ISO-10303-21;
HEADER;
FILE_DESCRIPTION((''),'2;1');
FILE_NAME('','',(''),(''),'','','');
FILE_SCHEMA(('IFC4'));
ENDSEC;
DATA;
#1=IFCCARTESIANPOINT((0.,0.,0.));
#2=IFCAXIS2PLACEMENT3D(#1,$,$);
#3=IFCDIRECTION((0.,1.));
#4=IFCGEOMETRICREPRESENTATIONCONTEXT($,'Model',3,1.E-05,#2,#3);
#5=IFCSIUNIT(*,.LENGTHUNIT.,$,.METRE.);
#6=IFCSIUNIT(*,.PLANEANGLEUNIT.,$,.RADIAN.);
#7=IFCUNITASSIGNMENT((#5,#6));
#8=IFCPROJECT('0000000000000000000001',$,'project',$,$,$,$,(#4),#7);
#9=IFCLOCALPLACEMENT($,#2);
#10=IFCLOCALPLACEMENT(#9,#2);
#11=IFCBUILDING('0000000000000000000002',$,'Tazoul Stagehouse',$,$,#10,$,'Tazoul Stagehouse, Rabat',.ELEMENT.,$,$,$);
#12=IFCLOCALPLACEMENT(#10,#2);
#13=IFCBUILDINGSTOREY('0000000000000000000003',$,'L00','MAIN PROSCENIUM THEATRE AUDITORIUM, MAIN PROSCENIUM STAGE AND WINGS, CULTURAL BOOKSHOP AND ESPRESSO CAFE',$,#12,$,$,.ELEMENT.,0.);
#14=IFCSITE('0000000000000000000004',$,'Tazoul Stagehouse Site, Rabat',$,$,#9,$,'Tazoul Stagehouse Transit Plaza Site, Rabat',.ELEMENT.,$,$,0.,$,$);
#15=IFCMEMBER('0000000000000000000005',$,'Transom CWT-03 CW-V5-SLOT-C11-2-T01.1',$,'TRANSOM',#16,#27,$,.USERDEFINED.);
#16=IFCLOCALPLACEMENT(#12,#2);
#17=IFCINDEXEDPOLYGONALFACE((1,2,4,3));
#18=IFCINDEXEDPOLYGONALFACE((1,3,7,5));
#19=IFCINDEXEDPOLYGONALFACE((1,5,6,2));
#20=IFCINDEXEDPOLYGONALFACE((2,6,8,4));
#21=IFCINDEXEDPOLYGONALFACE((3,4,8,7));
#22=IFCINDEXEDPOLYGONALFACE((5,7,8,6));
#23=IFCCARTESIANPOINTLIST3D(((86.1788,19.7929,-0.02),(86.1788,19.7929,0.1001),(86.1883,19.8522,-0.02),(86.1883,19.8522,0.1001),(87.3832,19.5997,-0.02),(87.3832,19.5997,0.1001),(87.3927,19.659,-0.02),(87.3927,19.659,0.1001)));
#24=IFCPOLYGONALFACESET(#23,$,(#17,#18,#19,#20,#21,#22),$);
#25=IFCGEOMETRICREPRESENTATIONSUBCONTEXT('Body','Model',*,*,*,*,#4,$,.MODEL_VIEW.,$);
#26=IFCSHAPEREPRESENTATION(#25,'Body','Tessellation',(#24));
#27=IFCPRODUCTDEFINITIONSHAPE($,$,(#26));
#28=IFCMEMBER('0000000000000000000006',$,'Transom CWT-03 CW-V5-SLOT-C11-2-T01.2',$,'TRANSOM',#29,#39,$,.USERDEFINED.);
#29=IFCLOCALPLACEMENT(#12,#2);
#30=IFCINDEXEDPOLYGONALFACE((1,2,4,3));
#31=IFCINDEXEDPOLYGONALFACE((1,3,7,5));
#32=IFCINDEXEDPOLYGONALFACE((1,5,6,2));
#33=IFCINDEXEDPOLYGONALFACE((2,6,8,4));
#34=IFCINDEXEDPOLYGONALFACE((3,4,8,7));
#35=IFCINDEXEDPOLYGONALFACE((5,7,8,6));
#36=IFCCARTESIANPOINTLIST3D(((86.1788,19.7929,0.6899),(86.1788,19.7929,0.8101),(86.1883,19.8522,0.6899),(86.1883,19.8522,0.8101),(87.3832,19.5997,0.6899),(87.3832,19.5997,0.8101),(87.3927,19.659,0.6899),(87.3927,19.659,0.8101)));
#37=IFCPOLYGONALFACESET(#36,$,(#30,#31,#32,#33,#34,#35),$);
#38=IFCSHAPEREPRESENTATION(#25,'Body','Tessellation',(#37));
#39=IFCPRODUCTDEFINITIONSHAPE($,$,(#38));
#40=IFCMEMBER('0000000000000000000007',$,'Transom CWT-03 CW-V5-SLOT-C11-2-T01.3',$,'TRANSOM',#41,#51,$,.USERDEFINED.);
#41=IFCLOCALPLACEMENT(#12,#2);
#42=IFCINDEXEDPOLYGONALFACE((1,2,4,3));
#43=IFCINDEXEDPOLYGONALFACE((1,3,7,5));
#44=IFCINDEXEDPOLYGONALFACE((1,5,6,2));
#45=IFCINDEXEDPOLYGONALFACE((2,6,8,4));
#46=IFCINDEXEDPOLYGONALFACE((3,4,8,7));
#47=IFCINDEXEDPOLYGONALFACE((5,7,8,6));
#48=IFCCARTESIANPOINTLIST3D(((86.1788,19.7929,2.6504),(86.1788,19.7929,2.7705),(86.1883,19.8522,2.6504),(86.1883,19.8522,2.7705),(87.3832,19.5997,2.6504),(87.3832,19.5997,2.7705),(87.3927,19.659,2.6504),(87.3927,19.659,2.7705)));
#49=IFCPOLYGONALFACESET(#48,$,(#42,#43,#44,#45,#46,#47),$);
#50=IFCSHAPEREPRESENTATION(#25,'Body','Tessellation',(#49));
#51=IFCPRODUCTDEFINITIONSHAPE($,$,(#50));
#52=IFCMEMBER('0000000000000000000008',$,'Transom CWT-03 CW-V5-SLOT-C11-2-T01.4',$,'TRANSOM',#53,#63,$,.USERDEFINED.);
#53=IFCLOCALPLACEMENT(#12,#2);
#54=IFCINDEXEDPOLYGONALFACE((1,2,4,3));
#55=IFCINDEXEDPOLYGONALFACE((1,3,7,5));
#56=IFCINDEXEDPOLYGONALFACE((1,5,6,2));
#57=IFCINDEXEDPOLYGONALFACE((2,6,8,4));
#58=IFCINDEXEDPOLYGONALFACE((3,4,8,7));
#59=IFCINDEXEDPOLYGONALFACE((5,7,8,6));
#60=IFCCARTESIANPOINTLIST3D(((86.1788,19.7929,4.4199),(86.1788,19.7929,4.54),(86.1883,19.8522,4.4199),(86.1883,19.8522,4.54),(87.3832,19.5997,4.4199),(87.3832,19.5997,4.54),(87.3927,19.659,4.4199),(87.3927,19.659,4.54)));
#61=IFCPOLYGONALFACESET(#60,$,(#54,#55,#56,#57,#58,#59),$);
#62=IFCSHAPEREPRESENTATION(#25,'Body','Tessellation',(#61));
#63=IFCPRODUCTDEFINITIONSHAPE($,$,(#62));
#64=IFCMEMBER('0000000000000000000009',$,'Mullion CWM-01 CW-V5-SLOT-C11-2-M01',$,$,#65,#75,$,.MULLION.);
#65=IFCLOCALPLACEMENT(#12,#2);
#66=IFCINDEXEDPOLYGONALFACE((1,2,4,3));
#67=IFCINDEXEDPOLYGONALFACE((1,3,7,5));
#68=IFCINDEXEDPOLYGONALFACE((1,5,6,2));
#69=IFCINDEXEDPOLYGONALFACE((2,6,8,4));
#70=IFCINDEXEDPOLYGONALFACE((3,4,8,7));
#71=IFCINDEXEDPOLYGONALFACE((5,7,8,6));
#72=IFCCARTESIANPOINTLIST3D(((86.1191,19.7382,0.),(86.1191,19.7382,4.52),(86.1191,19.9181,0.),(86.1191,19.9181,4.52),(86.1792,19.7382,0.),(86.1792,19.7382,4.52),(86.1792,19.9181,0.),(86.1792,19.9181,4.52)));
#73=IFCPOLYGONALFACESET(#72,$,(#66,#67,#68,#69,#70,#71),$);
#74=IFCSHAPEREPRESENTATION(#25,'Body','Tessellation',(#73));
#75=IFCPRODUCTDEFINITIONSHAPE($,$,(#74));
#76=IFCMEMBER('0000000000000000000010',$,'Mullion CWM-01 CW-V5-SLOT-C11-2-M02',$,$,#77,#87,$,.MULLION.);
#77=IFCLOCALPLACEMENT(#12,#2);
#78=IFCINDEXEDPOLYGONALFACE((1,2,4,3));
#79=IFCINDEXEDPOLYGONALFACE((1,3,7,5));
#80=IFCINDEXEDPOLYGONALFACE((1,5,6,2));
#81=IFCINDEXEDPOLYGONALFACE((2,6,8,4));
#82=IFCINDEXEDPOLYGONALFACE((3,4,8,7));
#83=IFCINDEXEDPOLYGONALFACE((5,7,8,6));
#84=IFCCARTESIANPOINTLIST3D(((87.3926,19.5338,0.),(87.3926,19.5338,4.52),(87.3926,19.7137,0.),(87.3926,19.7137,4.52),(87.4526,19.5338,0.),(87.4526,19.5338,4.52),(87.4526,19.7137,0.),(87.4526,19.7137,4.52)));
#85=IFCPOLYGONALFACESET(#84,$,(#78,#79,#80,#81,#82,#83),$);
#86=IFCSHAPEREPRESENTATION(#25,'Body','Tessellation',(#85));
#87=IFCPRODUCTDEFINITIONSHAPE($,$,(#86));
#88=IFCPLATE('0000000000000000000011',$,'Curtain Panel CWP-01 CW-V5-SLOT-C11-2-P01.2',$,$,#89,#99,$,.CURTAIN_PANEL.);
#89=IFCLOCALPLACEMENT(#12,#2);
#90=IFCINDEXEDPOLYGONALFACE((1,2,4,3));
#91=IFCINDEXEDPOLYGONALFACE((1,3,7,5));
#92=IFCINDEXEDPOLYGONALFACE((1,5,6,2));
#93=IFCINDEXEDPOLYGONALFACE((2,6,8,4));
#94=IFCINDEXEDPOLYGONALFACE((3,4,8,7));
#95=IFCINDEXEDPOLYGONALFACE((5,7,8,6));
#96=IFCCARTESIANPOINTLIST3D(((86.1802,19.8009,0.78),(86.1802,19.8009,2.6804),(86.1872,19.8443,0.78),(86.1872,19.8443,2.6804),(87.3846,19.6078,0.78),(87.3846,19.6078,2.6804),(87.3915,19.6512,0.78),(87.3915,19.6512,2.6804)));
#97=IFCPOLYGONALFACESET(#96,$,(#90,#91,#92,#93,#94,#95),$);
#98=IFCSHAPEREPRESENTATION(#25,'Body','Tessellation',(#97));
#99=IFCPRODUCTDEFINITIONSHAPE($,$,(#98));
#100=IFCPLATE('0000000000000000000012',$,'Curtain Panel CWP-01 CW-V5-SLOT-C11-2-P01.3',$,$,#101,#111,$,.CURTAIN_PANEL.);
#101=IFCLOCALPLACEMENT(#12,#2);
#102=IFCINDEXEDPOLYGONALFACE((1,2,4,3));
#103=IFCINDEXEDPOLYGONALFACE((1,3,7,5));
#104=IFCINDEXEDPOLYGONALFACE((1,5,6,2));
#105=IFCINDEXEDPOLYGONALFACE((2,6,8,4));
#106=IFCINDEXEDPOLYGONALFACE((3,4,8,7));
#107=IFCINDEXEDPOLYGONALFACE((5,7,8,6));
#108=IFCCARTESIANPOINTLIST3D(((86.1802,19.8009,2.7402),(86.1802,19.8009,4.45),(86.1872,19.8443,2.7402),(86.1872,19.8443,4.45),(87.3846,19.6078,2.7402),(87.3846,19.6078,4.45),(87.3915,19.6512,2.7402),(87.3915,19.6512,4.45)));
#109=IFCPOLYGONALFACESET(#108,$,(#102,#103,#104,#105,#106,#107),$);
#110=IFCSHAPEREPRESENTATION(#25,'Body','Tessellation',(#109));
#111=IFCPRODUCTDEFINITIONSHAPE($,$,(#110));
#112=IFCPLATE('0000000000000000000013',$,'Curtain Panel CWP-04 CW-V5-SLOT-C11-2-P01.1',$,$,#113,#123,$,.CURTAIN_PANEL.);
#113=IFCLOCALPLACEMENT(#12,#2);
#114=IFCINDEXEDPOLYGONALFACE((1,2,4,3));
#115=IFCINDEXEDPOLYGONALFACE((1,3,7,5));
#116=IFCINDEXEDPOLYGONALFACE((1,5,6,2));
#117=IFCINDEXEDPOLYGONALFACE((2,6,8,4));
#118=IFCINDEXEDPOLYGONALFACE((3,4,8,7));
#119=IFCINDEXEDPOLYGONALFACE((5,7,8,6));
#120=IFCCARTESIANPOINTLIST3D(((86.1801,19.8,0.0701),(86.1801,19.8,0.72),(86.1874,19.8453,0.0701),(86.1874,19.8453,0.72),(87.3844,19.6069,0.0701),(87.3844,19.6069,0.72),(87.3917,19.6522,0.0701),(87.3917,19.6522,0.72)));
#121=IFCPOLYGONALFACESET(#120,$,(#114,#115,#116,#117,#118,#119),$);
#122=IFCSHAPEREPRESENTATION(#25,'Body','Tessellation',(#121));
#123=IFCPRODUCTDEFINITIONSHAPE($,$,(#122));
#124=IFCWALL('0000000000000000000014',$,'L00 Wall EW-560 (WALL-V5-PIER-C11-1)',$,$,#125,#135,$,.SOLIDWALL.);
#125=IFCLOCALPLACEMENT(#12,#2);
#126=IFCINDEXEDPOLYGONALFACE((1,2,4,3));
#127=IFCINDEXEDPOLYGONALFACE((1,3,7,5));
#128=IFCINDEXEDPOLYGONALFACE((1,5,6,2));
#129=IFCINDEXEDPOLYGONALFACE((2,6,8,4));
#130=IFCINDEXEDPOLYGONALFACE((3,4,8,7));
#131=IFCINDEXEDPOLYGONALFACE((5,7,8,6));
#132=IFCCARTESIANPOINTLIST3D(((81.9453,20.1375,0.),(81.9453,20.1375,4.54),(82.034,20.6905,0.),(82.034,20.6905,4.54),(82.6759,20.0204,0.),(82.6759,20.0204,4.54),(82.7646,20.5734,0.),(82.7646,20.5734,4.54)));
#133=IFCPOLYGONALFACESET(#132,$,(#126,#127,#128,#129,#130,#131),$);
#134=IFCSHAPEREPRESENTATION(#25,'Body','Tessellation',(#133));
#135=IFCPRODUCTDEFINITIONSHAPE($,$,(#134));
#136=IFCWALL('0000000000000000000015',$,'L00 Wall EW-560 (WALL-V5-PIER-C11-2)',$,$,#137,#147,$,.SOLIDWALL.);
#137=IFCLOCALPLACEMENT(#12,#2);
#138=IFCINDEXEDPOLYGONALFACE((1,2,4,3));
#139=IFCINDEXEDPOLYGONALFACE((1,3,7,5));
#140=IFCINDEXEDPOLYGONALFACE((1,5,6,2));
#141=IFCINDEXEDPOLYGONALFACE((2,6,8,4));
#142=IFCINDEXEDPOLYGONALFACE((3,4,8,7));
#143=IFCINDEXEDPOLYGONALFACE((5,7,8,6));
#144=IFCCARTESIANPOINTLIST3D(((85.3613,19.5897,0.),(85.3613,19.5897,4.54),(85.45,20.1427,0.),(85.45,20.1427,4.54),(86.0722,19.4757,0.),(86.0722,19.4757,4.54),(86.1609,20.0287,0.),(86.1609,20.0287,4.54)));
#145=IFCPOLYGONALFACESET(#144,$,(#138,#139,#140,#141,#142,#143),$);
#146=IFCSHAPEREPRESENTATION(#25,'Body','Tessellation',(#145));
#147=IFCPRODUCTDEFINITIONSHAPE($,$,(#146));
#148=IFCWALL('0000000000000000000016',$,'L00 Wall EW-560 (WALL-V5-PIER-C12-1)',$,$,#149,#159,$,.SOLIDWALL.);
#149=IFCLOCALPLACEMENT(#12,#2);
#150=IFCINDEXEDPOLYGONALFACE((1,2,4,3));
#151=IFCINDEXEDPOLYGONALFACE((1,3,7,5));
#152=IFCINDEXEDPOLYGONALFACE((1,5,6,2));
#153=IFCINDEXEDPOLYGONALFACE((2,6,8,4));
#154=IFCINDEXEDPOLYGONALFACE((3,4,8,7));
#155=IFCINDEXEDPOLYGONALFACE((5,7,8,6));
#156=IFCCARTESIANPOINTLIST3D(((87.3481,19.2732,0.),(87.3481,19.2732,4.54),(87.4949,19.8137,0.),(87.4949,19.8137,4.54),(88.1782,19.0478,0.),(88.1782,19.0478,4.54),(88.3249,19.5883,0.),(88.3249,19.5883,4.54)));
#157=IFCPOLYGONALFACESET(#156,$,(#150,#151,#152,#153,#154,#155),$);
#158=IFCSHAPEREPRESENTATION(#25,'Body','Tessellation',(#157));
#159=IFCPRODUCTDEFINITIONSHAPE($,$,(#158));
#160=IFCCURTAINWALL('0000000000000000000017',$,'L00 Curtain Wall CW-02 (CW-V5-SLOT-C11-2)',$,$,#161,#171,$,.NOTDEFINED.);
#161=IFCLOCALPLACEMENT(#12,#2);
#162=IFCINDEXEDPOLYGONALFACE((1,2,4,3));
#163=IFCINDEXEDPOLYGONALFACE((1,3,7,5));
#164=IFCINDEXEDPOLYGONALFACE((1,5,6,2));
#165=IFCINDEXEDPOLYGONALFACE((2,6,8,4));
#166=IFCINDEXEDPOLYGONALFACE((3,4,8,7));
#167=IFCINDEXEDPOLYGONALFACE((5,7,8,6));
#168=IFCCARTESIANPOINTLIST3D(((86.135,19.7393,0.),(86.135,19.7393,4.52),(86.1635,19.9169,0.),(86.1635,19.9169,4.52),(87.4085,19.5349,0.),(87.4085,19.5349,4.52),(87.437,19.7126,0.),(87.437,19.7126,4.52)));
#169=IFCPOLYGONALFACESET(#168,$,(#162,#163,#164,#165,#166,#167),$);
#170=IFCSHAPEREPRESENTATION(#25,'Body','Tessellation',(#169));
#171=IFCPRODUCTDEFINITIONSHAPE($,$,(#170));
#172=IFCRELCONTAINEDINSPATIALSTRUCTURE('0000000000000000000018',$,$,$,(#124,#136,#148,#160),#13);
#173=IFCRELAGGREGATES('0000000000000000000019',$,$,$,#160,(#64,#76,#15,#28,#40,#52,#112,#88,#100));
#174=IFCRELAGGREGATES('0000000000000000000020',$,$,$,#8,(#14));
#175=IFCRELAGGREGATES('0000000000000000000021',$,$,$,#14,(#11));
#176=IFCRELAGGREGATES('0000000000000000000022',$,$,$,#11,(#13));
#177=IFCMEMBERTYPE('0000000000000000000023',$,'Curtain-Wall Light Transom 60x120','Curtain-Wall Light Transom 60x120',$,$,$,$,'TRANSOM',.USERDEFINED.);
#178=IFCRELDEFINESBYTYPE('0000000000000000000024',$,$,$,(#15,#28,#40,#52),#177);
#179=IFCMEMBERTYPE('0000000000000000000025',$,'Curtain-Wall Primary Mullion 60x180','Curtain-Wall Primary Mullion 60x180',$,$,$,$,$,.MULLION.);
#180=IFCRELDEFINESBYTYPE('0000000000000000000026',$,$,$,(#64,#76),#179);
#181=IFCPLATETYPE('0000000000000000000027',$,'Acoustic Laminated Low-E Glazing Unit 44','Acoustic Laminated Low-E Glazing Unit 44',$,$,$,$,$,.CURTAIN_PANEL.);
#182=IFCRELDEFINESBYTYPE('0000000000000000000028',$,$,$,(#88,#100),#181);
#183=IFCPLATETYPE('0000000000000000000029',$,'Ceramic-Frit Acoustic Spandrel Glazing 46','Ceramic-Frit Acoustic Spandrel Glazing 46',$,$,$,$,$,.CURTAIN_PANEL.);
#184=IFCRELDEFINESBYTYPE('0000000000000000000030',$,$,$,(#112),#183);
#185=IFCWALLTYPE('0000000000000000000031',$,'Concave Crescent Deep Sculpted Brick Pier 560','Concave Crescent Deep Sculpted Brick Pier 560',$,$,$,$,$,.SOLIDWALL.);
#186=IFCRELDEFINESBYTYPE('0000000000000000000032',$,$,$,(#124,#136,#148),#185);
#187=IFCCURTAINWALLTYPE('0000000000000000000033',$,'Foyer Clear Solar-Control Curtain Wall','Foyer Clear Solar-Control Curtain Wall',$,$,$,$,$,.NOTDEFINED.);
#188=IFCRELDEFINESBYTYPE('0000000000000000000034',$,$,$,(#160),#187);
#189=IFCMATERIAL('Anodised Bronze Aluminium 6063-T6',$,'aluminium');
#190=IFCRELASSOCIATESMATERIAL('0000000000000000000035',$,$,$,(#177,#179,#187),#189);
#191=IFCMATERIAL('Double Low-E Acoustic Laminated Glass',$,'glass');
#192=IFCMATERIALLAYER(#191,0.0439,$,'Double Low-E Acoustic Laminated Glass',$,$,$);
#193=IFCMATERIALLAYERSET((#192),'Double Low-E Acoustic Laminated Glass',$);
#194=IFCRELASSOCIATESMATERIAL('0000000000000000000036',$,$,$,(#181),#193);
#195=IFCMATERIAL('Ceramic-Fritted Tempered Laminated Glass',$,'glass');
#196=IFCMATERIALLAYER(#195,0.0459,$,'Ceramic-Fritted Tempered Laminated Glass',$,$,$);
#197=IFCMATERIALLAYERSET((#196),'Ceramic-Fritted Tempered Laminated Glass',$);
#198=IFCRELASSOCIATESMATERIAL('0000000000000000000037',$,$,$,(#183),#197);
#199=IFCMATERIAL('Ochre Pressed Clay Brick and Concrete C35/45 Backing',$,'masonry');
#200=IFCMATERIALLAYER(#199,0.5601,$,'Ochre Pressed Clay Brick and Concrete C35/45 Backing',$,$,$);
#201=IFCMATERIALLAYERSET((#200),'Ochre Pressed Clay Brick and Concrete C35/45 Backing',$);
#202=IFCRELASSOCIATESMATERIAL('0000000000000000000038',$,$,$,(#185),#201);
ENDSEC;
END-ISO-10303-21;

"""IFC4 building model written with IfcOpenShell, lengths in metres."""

from ifc_helpers import new_model, si_unit, direction, frame, frame_2d, origin, origin_2d, place, context, subcontext, project, spatial, rectangle, extrude, material, layer, layer_set, material_profile, profile_set, type_object, element, aggregate, save


model = new_model("IFC4")

# Units and contexts
model_context = context("Model", 3, precision=1e-05, world=origin(), true_north=direction((0.0, 1.0)))
body_context = subcontext(model_context, "Body", "Model", "MODEL_VIEW")
ifc_project = project(units=[si_unit("LENGTHUNIT", "METRE"), si_unit("PLANEANGLEUNIT", "RADIAN")], contexts=[model_context])

# Site, building, storey
site_placement = place(None, origin())
site = spatial("IfcSite", under=ifc_project, at=site_placement, Name="Tazoul Stagehouse Site, Rabat", LongName="Tazoul Stagehouse Transit Plaza Site, Rabat", CompositionType="ELEMENT", RefElevation=0.0)
building_placement = place(site_placement, origin())
building = spatial("IfcBuilding", under=site, at=building_placement, Name="Tazoul Stagehouse", LongName="Tazoul Stagehouse, Rabat", CompositionType="ELEMENT")
storey_placement = place(building_placement, origin())
storey = spatial("IfcBuildingStorey", under=building, at=storey_placement, Name="L00", Description="MAIN PROSCENIUM THEATRE AUDITORIUM, MAIN PROSCENIUM STAGE AND WINGS, CULTURAL BOOKSHOP AND ESPRESSO CAFE", CompositionType="ELEMENT", Elevation=0.0)

# Members
ifc_material_1 = material(Name="Anodised Bronze Aluminium 6063-T6", Category="aluminium")
ifc_material_profile_1 = material_profile(ifc_material_1, rectangle(XDim=0.0601, YDim=0.1201, at=origin_2d()), Name="ALU TRANSOM 60x120")
ifc_profile_set_1 = profile_set([ifc_material_profile_1], Name="Anodised Bronze Aluminium 6063-T6")
member_type_1 = type_object("IfcMemberType", Name="Curtain-Wall Light Transom 60x120", Description="Curtain-Wall Light Transom 60x120", ElementType="TRANSOM", PredefinedType="USERDEFINED", material=ifc_profile_set_1)
member_1_placement = place(storey_placement, frame((86.1836, 19.8225, 0.04), z_axis=(0.987387, -0.158326, 0.0), x_axis=(0.158326, 0.987387, 0.0)))
member_1 = element("IfcMember", 1, at=member_1_placement, type_object=member_type_1, Name="Transom CWT-03 CW-V5-SLOT-C11-2-T01.1", ObjectType="TRANSOM", PredefinedType="USERDEFINED", context=body_context, shape_type="SweptSolid", body=[
    extrude(rectangle(XDim=0.0601, YDim=0.1201, at=origin_2d()), origin(), (0.0, 0.0, 1.0), 1.2197),
])
member_2_placement = place(storey_placement, frame((86.1836, 19.8225, 0.75), z_axis=(0.987387, -0.158326, 0.0), x_axis=(0.158326, 0.987387, 0.0)))
member_2 = element("IfcMember", 2, at=member_2_placement, type_object=member_type_1, Name="Transom CWT-03 CW-V5-SLOT-C11-2-T01.2", ObjectType="TRANSOM", PredefinedType="USERDEFINED", context=body_context, shape_type="SweptSolid", body=[
    extrude(rectangle(XDim=0.0601, YDim=0.1201, at=origin_2d()), origin(), (0.0, 0.0, 1.0), 1.2197),
])
member_3_placement = place(storey_placement, frame((86.1836, 19.8225, 2.7104), z_axis=(0.987387, -0.158326, 0.0), x_axis=(0.158326, 0.987387, 0.0)))
member_3 = element("IfcMember", 3, at=member_3_placement, type_object=member_type_1, Name="Transom CWT-03 CW-V5-SLOT-C11-2-T01.3", ObjectType="TRANSOM", PredefinedType="USERDEFINED", context=body_context, shape_type="SweptSolid", body=[
    extrude(rectangle(XDim=0.0601, YDim=0.1201, at=origin_2d()), origin(), (0.0, 0.0, 1.0), 1.2197),
])
member_4_placement = place(storey_placement, frame((86.1836, 19.8225, 4.48), z_axis=(0.987387, -0.158326, 0.0), x_axis=(0.158326, 0.987387, 0.0)))
member_4 = element("IfcMember", 4, at=member_4_placement, type_object=member_type_1, Name="Transom CWT-03 CW-V5-SLOT-C11-2-T01.4", ObjectType="TRANSOM", PredefinedType="USERDEFINED", context=body_context, shape_type="SweptSolid", body=[
    extrude(rectangle(XDim=0.0601, YDim=0.1201, at=origin_2d()), origin(), (0.0, 0.0, 1.0), 1.2197),
])
ifc_material_profile_2 = material_profile(ifc_material_1, rectangle(XDim=0.0601, YDim=0.1799, at=origin_2d()), Name="ALU MULLION 60x180")
ifc_profile_set_2 = profile_set([ifc_material_profile_2], Name="Anodised Bronze Aluminium 6063-T6")
member_type_2 = type_object("IfcMemberType", Name="Curtain-Wall Primary Mullion 60x180", Description="Curtain-Wall Primary Mullion 60x180", PredefinedType="MULLION", material=ifc_profile_set_2)
member_5_placement = place(storey_placement, frame((86.1492, 19.8281, 0.0), z_axis=(0.0, 0.0, 1.0), x_axis=(1.0, 0.0, 0.0)))
member_5 = element("IfcMember", 5, at=member_5_placement, type_object=member_type_2, Name="Mullion CWM-01 CW-V5-SLOT-C11-2-M01", PredefinedType="MULLION", context=body_context, shape_type="SweptSolid", body=[
    extrude(rectangle(XDim=0.0601, YDim=0.1799, at=origin_2d()), origin(), (0.0, 0.0, 1.0), 4.52),
])
member_6_placement = place(storey_placement, frame((87.4226, 19.6238, 0.0), z_axis=(0.0, 0.0, 1.0), x_axis=(1.0, 0.0, 0.0)))
member_6 = element("IfcMember", 6, at=member_6_placement, type_object=member_type_2, Name="Mullion CWM-01 CW-V5-SLOT-C11-2-M02", PredefinedType="MULLION", context=body_context, shape_type="SweptSolid", body=[
    extrude(rectangle(XDim=0.0601, YDim=0.1799, at=origin_2d()), origin(), (0.0, 0.0, 1.0), 4.52),
])

# Plates
ifc_material_2 = material(Name="Double Low-E Acoustic Laminated Glass", Category="glass")
ifc_layer_1 = layer(ifc_material_2, 0.0439, Name="Double Low-E Acoustic Laminated Glass")
ifc_layer_set_1 = layer_set([ifc_layer_1], Name="Double Low-E Acoustic Laminated Glass")
plate_type_1 = type_object("IfcPlateType", Name="Acoustic Laminated Low-E Glazing Unit 44", Description="Acoustic Laminated Low-E Glazing Unit 44", PredefinedType="CURTAIN_PANEL", material=ifc_layer_set_1)
plate_1_placement = place(storey_placement, frame((86.7859, 19.7261, 0.78), z_axis=(0.0, 0.0, 1.0), x_axis=(0.987387, -0.158324, 0.0)))
plate_1 = element("IfcPlate", 7, at=plate_1_placement, type_object=plate_type_1, Name="Curtain Panel CWP-01 CW-V5-SLOT-C11-2-P01.2", PredefinedType="CURTAIN_PANEL", context=body_context, shape_type="SweptSolid", body=[
    extrude(rectangle(XDim=1.2197, YDim=0.0439, at=origin_2d()), origin(), (0.0, 0.0, 1.0), 1.9004),
])
plate_2_placement = place(storey_placement, frame((86.7859, 19.7261, 2.7402), z_axis=(0.0, 0.0, 1.0), x_axis=(0.987387, -0.158324, 0.0)))
plate_2 = element("IfcPlate", 8, at=plate_2_placement, type_object=plate_type_1, Name="Curtain Panel CWP-01 CW-V5-SLOT-C11-2-P01.3", PredefinedType="CURTAIN_PANEL", context=body_context, shape_type="SweptSolid", body=[
    extrude(rectangle(XDim=1.2197, YDim=0.0439, at=origin_2d()), origin(), (0.0, 0.0, 1.0), 1.7097),
])
ifc_material_3 = material(Name="Ceramic-Fritted Tempered Laminated Glass", Category="glass")
ifc_layer_2 = layer(ifc_material_3, 0.0459, Name="Ceramic-Fritted Tempered Laminated Glass")
ifc_layer_set_2 = layer_set([ifc_layer_2], Name="Ceramic-Fritted Tempered Laminated Glass")
plate_type_2 = type_object("IfcPlateType", Name="Ceramic-Frit Acoustic Spandrel Glazing 46", Description="Ceramic-Frit Acoustic Spandrel Glazing 46", PredefinedType="CURTAIN_PANEL", material=ifc_layer_set_2)
plate_3_placement = place(storey_placement, frame((86.7859, 19.7261, 0.0701), z_axis=(0.0, 0.0, 1.0), x_axis=(0.987387, -0.158324, 0.0)))
plate_3 = element("IfcPlate", 9, at=plate_3_placement, type_object=plate_type_2, Name="Curtain Panel CWP-04 CW-V5-SLOT-C11-2-P01.1", PredefinedType="CURTAIN_PANEL", context=body_context, shape_type="SweptSolid", body=[
    extrude(rectangle(XDim=1.2197, YDim=0.0459, at=origin_2d()), origin(), (0.0, 0.0, 1.0), 0.6499),
])

# Walls
ifc_material_4 = material(Name="Ochre Pressed Clay Brick and Concrete C35/45 Backing", Category="masonry")
ifc_layer_3 = layer(ifc_material_4, 0.5601, Name="Ochre Pressed Clay Brick and Concrete C35/45 Backing")
ifc_layer_set_3 = layer_set([ifc_layer_3], Name="Ochre Pressed Clay Brick and Concrete C35/45 Backing")
wall_type_1 = type_object("IfcWallType", Name="Concave Crescent Deep Sculpted Brick Pier 560", Description="Concave Crescent Deep Sculpted Brick Pier 560", PredefinedType="SOLIDWALL", material=ifc_layer_set_3)
wall_1_placement = place(storey_placement, frame((81.9895, 20.4141, 0.0), z_axis=(0.0, 0.0, 1.0), x_axis=(0.987383, -0.158351, 0.0)))
element("IfcWall", 10, at=wall_1_placement, inside=storey, type_object=wall_type_1, Name="L00 Wall EW-560 (WALL-V5-PIER-C11-1)", PredefinedType="SOLIDWALL", context=body_context, shape_type="SweptSolid", body=[
    extrude(rectangle(XDim=0.74, YDim=0.5601, at=frame_2d((0.3701, 0.0))), origin(), (0.0, 0.0, 1.0), 4.54),
])
wall_2_placement = place(storey_placement, frame((85.4058, 19.8662, 0.0), z_axis=(0.0, 0.0, 1.0), x_axis=(0.987383, -0.158348, 0.0)))
element("IfcWall", 11, at=wall_2_placement, inside=storey, type_object=wall_type_1, Name="L00 Wall EW-560 (WALL-V5-PIER-C11-2)", PredefinedType="SOLIDWALL", context=body_context, shape_type="SweptSolid", body=[
    extrude(rectangle(XDim=0.72, YDim=0.5601, at=frame_2d((0.3599, 0.0))), origin(), (0.0, 0.0, 1.0), 4.54),
])
wall_3_placement = place(storey_placement, frame((87.4214, 19.5435, 0.0), z_axis=(0.0, 0.0, 1.0), x_axis=(0.965071, -0.261988, 0.0)))
element("IfcWall", 12, at=wall_3_placement, inside=storey, type_object=wall_type_1, Name="L00 Wall EW-560 (WALL-V5-PIER-C12-1)", PredefinedType="SOLIDWALL", context=body_context, shape_type="SweptSolid", body=[
    extrude(rectangle(XDim=0.8601, YDim=0.5601, at=frame_2d((0.4302, 0.0))), origin(), (0.0, 0.0, 1.0), 4.54),
])

# Curtain wall
curtain_wall_type = type_object("IfcCurtainWallType", Name="Foyer Clear Solar-Control Curtain Wall", Description="Foyer Clear Solar-Control Curtain Wall", PredefinedType="NOTDEFINED", material=ifc_material_1)
curtain_wall_placement = place(storey_placement, frame((86.1492, 19.8281, 0.0), z_axis=(0.0, 0.0, 1.0), x_axis=(0.987368, -0.158441, 0.0)))
curtain_wall = element("IfcCurtainWall", 13, at=curtain_wall_placement, inside=storey, type_object=curtain_wall_type, Name="L00 Curtain Wall CW-02 (CW-V5-SLOT-C11-2)", PredefinedType="NOTDEFINED", context=body_context, shape_type="SweptSolid", body=[
    extrude(rectangle(XDim=1.2898, YDim=0.1799, at=frame_2d((0.645, 0.0))), origin(), (0.0, 0.0, 1.0), 4.52),
])
aggregate(curtain_wall, [member_5, member_6, member_1, member_2, member_3, member_4, plate_3, plate_1, plate_2])

save(model, "model.ifc")
